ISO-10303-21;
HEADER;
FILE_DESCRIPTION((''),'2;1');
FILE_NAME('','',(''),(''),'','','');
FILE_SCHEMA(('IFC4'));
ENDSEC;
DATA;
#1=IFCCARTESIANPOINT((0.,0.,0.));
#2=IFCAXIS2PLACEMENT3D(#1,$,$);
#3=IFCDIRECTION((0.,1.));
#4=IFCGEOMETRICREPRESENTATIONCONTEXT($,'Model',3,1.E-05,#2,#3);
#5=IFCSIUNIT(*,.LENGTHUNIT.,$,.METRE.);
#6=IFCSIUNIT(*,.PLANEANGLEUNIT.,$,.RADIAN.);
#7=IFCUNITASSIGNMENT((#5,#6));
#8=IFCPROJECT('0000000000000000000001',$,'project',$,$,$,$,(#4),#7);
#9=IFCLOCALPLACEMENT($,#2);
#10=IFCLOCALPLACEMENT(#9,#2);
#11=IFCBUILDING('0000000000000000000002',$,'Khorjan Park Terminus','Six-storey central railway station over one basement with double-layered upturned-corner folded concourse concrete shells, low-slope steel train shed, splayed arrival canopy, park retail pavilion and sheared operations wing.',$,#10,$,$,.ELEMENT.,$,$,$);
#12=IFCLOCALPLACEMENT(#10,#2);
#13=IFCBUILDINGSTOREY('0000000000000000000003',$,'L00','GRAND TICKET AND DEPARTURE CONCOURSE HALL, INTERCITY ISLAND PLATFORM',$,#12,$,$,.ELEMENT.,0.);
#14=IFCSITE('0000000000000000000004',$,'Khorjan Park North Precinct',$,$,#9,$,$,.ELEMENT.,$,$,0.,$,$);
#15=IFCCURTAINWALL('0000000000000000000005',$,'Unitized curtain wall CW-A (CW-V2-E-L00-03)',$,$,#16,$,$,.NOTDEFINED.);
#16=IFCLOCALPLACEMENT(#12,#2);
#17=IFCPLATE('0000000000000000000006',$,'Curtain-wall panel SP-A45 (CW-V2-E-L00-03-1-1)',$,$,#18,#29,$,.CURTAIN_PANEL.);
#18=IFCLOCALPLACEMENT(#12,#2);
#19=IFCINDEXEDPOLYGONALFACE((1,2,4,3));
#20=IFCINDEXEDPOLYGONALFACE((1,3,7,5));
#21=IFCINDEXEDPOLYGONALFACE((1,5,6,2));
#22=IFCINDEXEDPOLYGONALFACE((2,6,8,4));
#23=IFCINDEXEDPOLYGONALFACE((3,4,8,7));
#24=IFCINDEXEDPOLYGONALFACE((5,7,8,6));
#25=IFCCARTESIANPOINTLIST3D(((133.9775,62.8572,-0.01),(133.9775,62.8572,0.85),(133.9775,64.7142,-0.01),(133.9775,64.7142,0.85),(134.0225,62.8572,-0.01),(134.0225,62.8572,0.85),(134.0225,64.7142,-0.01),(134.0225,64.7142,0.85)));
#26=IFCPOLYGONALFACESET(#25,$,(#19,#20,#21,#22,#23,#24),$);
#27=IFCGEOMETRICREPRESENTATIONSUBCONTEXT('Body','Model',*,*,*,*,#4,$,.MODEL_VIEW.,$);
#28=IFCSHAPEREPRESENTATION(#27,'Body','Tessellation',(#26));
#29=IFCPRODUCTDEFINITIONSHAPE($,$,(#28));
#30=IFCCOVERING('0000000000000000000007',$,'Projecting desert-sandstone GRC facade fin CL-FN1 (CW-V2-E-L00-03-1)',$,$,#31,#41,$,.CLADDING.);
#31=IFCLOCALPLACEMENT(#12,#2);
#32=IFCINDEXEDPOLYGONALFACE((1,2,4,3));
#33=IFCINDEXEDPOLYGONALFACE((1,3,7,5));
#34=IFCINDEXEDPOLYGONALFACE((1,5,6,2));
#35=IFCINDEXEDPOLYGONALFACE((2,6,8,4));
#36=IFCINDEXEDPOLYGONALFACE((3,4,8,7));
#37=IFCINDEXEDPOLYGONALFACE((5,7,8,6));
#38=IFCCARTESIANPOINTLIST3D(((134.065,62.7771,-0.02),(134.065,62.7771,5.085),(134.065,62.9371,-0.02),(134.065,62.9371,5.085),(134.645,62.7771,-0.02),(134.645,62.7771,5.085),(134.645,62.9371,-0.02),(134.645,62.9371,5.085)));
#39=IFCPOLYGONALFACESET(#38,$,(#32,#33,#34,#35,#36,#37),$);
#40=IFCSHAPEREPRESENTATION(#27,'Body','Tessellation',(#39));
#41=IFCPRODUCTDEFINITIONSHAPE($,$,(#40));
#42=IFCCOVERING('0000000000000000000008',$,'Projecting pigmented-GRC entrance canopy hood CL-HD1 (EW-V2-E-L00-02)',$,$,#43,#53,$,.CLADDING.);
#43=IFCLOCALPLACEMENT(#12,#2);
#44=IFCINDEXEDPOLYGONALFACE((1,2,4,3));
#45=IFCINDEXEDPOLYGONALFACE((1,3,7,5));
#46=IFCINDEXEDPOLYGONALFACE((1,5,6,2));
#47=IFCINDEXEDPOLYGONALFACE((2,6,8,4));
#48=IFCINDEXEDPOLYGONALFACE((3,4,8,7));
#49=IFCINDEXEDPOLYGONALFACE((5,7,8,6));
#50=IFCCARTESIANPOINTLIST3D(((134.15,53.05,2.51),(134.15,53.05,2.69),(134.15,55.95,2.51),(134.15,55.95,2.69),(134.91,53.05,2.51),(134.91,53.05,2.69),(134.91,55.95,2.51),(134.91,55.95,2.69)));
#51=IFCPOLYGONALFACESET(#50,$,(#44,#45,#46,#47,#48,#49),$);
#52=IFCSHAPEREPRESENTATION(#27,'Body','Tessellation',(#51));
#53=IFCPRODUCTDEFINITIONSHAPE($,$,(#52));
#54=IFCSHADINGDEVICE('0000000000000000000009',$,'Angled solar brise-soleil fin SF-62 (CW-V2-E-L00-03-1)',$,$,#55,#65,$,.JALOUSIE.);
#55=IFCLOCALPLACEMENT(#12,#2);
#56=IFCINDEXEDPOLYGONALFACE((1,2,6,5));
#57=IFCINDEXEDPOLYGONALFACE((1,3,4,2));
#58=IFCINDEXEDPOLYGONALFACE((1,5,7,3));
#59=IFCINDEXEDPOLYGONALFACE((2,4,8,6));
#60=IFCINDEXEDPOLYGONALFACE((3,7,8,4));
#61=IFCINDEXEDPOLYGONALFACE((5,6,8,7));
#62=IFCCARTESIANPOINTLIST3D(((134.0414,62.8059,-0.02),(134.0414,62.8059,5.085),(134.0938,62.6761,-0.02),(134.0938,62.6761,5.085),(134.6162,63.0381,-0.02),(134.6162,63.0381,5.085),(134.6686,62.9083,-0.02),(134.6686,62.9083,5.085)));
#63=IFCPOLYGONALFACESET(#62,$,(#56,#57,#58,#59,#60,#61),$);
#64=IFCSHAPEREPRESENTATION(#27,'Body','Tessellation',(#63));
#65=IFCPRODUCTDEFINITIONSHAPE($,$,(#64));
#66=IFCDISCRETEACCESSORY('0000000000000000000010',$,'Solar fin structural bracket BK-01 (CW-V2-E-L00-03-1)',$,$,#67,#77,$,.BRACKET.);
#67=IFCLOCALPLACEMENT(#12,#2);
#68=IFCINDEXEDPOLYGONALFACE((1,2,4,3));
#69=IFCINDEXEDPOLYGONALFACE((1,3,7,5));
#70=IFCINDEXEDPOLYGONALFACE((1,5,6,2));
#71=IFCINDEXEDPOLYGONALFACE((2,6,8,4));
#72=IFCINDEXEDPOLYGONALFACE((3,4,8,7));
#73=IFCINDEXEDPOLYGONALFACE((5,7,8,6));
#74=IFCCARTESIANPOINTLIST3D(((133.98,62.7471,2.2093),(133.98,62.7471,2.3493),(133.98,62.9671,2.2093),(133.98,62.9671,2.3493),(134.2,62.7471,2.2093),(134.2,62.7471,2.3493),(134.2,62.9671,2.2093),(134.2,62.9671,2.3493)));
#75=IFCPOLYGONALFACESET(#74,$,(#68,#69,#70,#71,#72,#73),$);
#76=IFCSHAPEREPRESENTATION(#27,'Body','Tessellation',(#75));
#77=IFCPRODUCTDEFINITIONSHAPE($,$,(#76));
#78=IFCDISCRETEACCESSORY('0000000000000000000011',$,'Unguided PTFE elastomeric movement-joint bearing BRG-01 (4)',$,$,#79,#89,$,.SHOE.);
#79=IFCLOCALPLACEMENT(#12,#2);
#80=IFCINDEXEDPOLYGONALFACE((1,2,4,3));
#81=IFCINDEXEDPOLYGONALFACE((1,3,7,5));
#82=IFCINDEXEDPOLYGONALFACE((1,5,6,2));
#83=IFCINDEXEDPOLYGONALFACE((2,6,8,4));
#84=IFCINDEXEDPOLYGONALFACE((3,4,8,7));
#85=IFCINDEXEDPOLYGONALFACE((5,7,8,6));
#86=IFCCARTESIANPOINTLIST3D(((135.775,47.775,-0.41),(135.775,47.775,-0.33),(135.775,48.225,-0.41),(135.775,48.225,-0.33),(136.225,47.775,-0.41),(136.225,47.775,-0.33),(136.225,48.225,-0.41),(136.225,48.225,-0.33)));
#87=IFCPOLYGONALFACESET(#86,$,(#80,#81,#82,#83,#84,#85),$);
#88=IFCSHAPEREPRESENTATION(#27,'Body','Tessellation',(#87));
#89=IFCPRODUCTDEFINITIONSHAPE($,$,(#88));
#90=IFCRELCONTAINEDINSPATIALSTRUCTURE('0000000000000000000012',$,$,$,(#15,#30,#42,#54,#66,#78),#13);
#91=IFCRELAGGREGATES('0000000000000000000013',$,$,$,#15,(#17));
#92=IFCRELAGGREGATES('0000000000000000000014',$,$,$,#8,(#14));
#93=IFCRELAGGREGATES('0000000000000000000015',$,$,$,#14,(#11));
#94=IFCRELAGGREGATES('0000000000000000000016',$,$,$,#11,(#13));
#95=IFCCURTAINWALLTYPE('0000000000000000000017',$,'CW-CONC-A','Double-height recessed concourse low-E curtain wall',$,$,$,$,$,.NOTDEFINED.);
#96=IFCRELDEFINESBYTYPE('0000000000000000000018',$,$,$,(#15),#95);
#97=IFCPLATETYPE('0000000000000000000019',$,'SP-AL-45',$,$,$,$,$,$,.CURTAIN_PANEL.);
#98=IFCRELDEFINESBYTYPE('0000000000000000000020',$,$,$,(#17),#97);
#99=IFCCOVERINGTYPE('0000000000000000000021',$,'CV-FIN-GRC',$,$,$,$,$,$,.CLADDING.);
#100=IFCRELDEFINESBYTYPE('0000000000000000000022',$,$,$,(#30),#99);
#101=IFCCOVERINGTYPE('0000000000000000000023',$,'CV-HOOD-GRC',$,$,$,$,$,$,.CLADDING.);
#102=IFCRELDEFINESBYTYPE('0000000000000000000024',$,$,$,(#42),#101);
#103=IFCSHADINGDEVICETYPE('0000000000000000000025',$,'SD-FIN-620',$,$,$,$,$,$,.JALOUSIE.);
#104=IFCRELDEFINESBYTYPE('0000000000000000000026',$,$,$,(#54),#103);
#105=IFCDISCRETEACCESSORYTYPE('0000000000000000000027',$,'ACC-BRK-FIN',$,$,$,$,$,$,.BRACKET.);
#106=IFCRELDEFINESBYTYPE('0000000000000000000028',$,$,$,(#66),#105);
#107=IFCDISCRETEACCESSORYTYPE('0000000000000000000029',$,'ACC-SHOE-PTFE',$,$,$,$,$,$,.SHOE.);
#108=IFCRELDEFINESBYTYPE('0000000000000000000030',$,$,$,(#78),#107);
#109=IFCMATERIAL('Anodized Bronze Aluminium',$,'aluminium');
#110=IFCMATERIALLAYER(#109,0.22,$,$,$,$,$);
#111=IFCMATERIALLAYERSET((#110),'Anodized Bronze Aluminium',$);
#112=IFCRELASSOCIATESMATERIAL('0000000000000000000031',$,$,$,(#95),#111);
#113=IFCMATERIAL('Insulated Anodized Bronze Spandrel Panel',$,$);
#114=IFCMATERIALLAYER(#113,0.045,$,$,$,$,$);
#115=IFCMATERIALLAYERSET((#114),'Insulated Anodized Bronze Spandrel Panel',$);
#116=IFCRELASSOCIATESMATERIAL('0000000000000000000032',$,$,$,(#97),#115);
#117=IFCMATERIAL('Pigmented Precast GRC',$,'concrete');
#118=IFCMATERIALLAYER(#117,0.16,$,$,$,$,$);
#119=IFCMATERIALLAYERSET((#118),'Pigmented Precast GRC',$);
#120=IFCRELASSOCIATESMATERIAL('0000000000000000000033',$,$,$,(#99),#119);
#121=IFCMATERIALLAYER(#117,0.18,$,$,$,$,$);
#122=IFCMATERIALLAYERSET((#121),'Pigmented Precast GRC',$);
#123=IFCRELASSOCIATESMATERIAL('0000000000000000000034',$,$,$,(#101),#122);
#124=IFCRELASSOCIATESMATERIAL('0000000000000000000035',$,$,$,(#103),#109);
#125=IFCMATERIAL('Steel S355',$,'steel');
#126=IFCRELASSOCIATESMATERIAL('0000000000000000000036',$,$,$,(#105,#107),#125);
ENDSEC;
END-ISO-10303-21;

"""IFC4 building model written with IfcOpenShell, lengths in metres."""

from ifc_helpers import new_model, si_unit, direction, frame, origin, origin_2d, place, context, subcontext, project, spatial, rectangle, extrude, material, layer, layer_set, type_object, element, aggregate, save


model = new_model("IFC4")

# Units and contexts
model_context = context("Model", 3, precision=1e-05, world=origin(), true_north=direction((0.0, 1.0)))
body_context = subcontext(model_context, "Body", "Model", "MODEL_VIEW")
ifc_project = project(units=[si_unit("LENGTHUNIT", "METRE"), si_unit("PLANEANGLEUNIT", "RADIAN")], contexts=[model_context])

# Site, building, storey
site_placement = place(None, origin())
site = spatial("IfcSite", under=ifc_project, at=site_placement, Name="Khorjan Park North Precinct", CompositionType="ELEMENT", RefElevation=0.0)
building_placement = place(site_placement, origin())
building = spatial("IfcBuilding", under=site, at=building_placement, Name="Khorjan Park Terminus", Description="Six-storey central railway station over one basement with double-layered upturned-corner folded concourse concrete shells, low-slope steel train shed, splayed arrival canopy, park retail pavilion and sheared operations wing.", CompositionType="ELEMENT")
storey_placement = place(building_placement, origin())
storey = spatial("IfcBuildingStorey", under=building, at=storey_placement, Name="L00", Description="GRAND TICKET AND DEPARTURE CONCOURSE HALL, INTERCITY ISLAND PLATFORM", CompositionType="ELEMENT", Elevation=0.0)

# Shared definitions
ifc_material_1 = material(Name="Steel S355", Category="steel")

# Curtain wall, plate
ifc_material_2 = material(Name="Anodized Bronze Aluminium", Category="aluminium")
ifc_layer_1 = layer(ifc_material_2, 0.22)
ifc_layer_set_1 = layer_set([ifc_layer_1], Name="Anodized Bronze Aluminium")
curtain_wall_type = type_object("IfcCurtainWallType", Name="CW-CONC-A", Description="Double-height recessed concourse low-E curtain wall", PredefinedType="NOTDEFINED", material=ifc_layer_set_1)
curtain_wall_placement = place(storey_placement, origin())
curtain_wall = element("IfcCurtainWall", 1, at=curtain_wall_placement, inside=storey, type_object=curtain_wall_type, Name="Unitized curtain wall CW-A (CW-V2-E-L00-03)", PredefinedType="NOTDEFINED")
ifc_material_3 = material(Name="Insulated Anodized Bronze Spandrel Panel")
ifc_layer_2 = layer(ifc_material_3, 0.045)
ifc_layer_set_2 = layer_set([ifc_layer_2], Name="Insulated Anodized Bronze Spandrel Panel")
plate_type_1 = type_object("IfcPlateType", Name="SP-AL-45", PredefinedType="CURTAIN_PANEL", material=ifc_layer_set_2)
plate_1_placement = place(storey_placement, frame((134.0, 63.7857, -0.01), z_axis=(0.0, 0.0, 1.0), x_axis=(0.0, 1.0, 0.0)))
plate_1 = element("IfcPlate", 2, at=plate_1_placement, type_object=plate_type_1, Name="Curtain-wall panel SP-A45 (CW-V2-E-L00-03-1-1)", PredefinedType="CURTAIN_PANEL", context=body_context, shape_type="SweptSolid", body=[
    extrude(rectangle(XDim=1.8571, YDim=0.045, at=origin_2d()), origin(), (0.0, 0.0, 1.0), 0.86),
])
aggregate(curtain_wall, [plate_1])

# Coverings
ifc_material_4 = material(Name="Pigmented Precast GRC", Category="concrete")
ifc_layer_3 = layer(ifc_material_4, 0.16)
ifc_layer_set_3 = layer_set([ifc_layer_3], Name="Pigmented Precast GRC")
covering_type_1 = type_object("IfcCoveringType", Name="CV-FIN-GRC", PredefinedType="CLADDING", material=ifc_layer_set_3)
covering_1_placement = place(storey_placement, frame((134.355, 62.8571, -0.02), z_axis=(0.0, 0.0, 1.0), x_axis=(-1.0, 0.0, 0.0)))
element("IfcCovering", 3, at=covering_1_placement, inside=storey, type_object=covering_type_1, Name="Projecting desert-sandstone GRC facade fin CL-FN1 (CW-V2-E-L00-03-1)", PredefinedType="CLADDING", context=body_context, shape_type="SweptSolid", body=[
    extrude(rectangle(XDim=0.58, YDim=0.16, at=origin_2d()), origin(), (0.0, 0.0, 1.0), 5.105),
])
ifc_layer_4 = layer(ifc_material_4, 0.18)
ifc_layer_set_4 = layer_set([ifc_layer_4], Name="Pigmented Precast GRC")
covering_type_2 = type_object("IfcCoveringType", Name="CV-HOOD-GRC", PredefinedType="CLADDING", material=ifc_layer_set_4)
covering_2_placement = place(storey_placement, frame((134.53, 54.5, 2.51), z_axis=(0.0, 0.0, 1.0), x_axis=(0.0, 1.0, 0.0)))
element("IfcCovering", 4, at=covering_2_placement, inside=storey, type_object=covering_type_2, Name="Projecting pigmented-GRC entrance canopy hood CL-HD1 (EW-V2-E-L00-02)", PredefinedType="CLADDING", context=body_context, shape_type="SweptSolid", body=[
    extrude(rectangle(XDim=2.9, YDim=0.76, at=origin_2d()), origin(), (0.0, 0.0, 1.0), 0.18),
])

# Shading device
shading_device_type = type_object("IfcShadingDeviceType", Name="SD-FIN-620", PredefinedType="JALOUSIE", material=ifc_material_2)
shading_device_placement = place(storey_placement, frame((134.355, 62.8571, -0.02), z_axis=(0.0, 0.0, 1.0), x_axis=(-0.927184, -0.374607, 0.0)))
element("IfcShadingDevice", 5, at=shading_device_placement, inside=storey, type_object=shading_device_type, Name="Angled solar brise-soleil fin SF-62 (CW-V2-E-L00-03-1)", PredefinedType="JALOUSIE", context=body_context, shape_type="SweptSolid", body=[
    extrude(rectangle(XDim=0.62, YDim=0.14, at=origin_2d()), origin(), (0.0, 0.0, 1.0), 5.105),
])

# Discrete accessories
discrete_accessory_type_1 = type_object("IfcDiscreteAccessoryType", Name="ACC-BRK-FIN", PredefinedType="BRACKET", material=ifc_material_1)
discrete_accessory_1_placement = place(storey_placement, frame((134.09, 62.8571, 2.2093), z_axis=(0.0, 0.0, 1.0), x_axis=(0.0, 1.0, 0.0)))
element("IfcDiscreteAccessory", 6, at=discrete_accessory_1_placement, inside=storey, type_object=discrete_accessory_type_1, Name="Solar fin structural bracket BK-01 (CW-V2-E-L00-03-1)", PredefinedType="BRACKET", context=body_context, shape_type="SweptSolid", body=[
    extrude(rectangle(XDim=0.22, YDim=0.22, at=origin_2d()), origin(), (0.0, 0.0, 1.0), 0.14),
])
discrete_accessory_type_2 = type_object("IfcDiscreteAccessoryType", Name="ACC-SHOE-PTFE", PredefinedType="SHOE", material=ifc_material_1)
discrete_accessory_2_placement = place(storey_placement, frame((136.0, 48.0, -0.41), z_axis=(0.0, 0.0, 1.0), x_axis=(1.0, 0.0, 0.0)))
element("IfcDiscreteAccessory", 7, at=discrete_accessory_2_placement, inside=storey, type_object=discrete_accessory_type_2, Name="Unguided PTFE elastomeric movement-joint bearing BRG-01 (4)", PredefinedType="SHOE", context=body_context, shape_type="SweptSolid", body=[
    extrude(rectangle(XDim=0.45, YDim=0.45, at=origin_2d()), origin(), (0.0, 0.0, 1.0), 0.08),
])

save(model, "model.ifc")
